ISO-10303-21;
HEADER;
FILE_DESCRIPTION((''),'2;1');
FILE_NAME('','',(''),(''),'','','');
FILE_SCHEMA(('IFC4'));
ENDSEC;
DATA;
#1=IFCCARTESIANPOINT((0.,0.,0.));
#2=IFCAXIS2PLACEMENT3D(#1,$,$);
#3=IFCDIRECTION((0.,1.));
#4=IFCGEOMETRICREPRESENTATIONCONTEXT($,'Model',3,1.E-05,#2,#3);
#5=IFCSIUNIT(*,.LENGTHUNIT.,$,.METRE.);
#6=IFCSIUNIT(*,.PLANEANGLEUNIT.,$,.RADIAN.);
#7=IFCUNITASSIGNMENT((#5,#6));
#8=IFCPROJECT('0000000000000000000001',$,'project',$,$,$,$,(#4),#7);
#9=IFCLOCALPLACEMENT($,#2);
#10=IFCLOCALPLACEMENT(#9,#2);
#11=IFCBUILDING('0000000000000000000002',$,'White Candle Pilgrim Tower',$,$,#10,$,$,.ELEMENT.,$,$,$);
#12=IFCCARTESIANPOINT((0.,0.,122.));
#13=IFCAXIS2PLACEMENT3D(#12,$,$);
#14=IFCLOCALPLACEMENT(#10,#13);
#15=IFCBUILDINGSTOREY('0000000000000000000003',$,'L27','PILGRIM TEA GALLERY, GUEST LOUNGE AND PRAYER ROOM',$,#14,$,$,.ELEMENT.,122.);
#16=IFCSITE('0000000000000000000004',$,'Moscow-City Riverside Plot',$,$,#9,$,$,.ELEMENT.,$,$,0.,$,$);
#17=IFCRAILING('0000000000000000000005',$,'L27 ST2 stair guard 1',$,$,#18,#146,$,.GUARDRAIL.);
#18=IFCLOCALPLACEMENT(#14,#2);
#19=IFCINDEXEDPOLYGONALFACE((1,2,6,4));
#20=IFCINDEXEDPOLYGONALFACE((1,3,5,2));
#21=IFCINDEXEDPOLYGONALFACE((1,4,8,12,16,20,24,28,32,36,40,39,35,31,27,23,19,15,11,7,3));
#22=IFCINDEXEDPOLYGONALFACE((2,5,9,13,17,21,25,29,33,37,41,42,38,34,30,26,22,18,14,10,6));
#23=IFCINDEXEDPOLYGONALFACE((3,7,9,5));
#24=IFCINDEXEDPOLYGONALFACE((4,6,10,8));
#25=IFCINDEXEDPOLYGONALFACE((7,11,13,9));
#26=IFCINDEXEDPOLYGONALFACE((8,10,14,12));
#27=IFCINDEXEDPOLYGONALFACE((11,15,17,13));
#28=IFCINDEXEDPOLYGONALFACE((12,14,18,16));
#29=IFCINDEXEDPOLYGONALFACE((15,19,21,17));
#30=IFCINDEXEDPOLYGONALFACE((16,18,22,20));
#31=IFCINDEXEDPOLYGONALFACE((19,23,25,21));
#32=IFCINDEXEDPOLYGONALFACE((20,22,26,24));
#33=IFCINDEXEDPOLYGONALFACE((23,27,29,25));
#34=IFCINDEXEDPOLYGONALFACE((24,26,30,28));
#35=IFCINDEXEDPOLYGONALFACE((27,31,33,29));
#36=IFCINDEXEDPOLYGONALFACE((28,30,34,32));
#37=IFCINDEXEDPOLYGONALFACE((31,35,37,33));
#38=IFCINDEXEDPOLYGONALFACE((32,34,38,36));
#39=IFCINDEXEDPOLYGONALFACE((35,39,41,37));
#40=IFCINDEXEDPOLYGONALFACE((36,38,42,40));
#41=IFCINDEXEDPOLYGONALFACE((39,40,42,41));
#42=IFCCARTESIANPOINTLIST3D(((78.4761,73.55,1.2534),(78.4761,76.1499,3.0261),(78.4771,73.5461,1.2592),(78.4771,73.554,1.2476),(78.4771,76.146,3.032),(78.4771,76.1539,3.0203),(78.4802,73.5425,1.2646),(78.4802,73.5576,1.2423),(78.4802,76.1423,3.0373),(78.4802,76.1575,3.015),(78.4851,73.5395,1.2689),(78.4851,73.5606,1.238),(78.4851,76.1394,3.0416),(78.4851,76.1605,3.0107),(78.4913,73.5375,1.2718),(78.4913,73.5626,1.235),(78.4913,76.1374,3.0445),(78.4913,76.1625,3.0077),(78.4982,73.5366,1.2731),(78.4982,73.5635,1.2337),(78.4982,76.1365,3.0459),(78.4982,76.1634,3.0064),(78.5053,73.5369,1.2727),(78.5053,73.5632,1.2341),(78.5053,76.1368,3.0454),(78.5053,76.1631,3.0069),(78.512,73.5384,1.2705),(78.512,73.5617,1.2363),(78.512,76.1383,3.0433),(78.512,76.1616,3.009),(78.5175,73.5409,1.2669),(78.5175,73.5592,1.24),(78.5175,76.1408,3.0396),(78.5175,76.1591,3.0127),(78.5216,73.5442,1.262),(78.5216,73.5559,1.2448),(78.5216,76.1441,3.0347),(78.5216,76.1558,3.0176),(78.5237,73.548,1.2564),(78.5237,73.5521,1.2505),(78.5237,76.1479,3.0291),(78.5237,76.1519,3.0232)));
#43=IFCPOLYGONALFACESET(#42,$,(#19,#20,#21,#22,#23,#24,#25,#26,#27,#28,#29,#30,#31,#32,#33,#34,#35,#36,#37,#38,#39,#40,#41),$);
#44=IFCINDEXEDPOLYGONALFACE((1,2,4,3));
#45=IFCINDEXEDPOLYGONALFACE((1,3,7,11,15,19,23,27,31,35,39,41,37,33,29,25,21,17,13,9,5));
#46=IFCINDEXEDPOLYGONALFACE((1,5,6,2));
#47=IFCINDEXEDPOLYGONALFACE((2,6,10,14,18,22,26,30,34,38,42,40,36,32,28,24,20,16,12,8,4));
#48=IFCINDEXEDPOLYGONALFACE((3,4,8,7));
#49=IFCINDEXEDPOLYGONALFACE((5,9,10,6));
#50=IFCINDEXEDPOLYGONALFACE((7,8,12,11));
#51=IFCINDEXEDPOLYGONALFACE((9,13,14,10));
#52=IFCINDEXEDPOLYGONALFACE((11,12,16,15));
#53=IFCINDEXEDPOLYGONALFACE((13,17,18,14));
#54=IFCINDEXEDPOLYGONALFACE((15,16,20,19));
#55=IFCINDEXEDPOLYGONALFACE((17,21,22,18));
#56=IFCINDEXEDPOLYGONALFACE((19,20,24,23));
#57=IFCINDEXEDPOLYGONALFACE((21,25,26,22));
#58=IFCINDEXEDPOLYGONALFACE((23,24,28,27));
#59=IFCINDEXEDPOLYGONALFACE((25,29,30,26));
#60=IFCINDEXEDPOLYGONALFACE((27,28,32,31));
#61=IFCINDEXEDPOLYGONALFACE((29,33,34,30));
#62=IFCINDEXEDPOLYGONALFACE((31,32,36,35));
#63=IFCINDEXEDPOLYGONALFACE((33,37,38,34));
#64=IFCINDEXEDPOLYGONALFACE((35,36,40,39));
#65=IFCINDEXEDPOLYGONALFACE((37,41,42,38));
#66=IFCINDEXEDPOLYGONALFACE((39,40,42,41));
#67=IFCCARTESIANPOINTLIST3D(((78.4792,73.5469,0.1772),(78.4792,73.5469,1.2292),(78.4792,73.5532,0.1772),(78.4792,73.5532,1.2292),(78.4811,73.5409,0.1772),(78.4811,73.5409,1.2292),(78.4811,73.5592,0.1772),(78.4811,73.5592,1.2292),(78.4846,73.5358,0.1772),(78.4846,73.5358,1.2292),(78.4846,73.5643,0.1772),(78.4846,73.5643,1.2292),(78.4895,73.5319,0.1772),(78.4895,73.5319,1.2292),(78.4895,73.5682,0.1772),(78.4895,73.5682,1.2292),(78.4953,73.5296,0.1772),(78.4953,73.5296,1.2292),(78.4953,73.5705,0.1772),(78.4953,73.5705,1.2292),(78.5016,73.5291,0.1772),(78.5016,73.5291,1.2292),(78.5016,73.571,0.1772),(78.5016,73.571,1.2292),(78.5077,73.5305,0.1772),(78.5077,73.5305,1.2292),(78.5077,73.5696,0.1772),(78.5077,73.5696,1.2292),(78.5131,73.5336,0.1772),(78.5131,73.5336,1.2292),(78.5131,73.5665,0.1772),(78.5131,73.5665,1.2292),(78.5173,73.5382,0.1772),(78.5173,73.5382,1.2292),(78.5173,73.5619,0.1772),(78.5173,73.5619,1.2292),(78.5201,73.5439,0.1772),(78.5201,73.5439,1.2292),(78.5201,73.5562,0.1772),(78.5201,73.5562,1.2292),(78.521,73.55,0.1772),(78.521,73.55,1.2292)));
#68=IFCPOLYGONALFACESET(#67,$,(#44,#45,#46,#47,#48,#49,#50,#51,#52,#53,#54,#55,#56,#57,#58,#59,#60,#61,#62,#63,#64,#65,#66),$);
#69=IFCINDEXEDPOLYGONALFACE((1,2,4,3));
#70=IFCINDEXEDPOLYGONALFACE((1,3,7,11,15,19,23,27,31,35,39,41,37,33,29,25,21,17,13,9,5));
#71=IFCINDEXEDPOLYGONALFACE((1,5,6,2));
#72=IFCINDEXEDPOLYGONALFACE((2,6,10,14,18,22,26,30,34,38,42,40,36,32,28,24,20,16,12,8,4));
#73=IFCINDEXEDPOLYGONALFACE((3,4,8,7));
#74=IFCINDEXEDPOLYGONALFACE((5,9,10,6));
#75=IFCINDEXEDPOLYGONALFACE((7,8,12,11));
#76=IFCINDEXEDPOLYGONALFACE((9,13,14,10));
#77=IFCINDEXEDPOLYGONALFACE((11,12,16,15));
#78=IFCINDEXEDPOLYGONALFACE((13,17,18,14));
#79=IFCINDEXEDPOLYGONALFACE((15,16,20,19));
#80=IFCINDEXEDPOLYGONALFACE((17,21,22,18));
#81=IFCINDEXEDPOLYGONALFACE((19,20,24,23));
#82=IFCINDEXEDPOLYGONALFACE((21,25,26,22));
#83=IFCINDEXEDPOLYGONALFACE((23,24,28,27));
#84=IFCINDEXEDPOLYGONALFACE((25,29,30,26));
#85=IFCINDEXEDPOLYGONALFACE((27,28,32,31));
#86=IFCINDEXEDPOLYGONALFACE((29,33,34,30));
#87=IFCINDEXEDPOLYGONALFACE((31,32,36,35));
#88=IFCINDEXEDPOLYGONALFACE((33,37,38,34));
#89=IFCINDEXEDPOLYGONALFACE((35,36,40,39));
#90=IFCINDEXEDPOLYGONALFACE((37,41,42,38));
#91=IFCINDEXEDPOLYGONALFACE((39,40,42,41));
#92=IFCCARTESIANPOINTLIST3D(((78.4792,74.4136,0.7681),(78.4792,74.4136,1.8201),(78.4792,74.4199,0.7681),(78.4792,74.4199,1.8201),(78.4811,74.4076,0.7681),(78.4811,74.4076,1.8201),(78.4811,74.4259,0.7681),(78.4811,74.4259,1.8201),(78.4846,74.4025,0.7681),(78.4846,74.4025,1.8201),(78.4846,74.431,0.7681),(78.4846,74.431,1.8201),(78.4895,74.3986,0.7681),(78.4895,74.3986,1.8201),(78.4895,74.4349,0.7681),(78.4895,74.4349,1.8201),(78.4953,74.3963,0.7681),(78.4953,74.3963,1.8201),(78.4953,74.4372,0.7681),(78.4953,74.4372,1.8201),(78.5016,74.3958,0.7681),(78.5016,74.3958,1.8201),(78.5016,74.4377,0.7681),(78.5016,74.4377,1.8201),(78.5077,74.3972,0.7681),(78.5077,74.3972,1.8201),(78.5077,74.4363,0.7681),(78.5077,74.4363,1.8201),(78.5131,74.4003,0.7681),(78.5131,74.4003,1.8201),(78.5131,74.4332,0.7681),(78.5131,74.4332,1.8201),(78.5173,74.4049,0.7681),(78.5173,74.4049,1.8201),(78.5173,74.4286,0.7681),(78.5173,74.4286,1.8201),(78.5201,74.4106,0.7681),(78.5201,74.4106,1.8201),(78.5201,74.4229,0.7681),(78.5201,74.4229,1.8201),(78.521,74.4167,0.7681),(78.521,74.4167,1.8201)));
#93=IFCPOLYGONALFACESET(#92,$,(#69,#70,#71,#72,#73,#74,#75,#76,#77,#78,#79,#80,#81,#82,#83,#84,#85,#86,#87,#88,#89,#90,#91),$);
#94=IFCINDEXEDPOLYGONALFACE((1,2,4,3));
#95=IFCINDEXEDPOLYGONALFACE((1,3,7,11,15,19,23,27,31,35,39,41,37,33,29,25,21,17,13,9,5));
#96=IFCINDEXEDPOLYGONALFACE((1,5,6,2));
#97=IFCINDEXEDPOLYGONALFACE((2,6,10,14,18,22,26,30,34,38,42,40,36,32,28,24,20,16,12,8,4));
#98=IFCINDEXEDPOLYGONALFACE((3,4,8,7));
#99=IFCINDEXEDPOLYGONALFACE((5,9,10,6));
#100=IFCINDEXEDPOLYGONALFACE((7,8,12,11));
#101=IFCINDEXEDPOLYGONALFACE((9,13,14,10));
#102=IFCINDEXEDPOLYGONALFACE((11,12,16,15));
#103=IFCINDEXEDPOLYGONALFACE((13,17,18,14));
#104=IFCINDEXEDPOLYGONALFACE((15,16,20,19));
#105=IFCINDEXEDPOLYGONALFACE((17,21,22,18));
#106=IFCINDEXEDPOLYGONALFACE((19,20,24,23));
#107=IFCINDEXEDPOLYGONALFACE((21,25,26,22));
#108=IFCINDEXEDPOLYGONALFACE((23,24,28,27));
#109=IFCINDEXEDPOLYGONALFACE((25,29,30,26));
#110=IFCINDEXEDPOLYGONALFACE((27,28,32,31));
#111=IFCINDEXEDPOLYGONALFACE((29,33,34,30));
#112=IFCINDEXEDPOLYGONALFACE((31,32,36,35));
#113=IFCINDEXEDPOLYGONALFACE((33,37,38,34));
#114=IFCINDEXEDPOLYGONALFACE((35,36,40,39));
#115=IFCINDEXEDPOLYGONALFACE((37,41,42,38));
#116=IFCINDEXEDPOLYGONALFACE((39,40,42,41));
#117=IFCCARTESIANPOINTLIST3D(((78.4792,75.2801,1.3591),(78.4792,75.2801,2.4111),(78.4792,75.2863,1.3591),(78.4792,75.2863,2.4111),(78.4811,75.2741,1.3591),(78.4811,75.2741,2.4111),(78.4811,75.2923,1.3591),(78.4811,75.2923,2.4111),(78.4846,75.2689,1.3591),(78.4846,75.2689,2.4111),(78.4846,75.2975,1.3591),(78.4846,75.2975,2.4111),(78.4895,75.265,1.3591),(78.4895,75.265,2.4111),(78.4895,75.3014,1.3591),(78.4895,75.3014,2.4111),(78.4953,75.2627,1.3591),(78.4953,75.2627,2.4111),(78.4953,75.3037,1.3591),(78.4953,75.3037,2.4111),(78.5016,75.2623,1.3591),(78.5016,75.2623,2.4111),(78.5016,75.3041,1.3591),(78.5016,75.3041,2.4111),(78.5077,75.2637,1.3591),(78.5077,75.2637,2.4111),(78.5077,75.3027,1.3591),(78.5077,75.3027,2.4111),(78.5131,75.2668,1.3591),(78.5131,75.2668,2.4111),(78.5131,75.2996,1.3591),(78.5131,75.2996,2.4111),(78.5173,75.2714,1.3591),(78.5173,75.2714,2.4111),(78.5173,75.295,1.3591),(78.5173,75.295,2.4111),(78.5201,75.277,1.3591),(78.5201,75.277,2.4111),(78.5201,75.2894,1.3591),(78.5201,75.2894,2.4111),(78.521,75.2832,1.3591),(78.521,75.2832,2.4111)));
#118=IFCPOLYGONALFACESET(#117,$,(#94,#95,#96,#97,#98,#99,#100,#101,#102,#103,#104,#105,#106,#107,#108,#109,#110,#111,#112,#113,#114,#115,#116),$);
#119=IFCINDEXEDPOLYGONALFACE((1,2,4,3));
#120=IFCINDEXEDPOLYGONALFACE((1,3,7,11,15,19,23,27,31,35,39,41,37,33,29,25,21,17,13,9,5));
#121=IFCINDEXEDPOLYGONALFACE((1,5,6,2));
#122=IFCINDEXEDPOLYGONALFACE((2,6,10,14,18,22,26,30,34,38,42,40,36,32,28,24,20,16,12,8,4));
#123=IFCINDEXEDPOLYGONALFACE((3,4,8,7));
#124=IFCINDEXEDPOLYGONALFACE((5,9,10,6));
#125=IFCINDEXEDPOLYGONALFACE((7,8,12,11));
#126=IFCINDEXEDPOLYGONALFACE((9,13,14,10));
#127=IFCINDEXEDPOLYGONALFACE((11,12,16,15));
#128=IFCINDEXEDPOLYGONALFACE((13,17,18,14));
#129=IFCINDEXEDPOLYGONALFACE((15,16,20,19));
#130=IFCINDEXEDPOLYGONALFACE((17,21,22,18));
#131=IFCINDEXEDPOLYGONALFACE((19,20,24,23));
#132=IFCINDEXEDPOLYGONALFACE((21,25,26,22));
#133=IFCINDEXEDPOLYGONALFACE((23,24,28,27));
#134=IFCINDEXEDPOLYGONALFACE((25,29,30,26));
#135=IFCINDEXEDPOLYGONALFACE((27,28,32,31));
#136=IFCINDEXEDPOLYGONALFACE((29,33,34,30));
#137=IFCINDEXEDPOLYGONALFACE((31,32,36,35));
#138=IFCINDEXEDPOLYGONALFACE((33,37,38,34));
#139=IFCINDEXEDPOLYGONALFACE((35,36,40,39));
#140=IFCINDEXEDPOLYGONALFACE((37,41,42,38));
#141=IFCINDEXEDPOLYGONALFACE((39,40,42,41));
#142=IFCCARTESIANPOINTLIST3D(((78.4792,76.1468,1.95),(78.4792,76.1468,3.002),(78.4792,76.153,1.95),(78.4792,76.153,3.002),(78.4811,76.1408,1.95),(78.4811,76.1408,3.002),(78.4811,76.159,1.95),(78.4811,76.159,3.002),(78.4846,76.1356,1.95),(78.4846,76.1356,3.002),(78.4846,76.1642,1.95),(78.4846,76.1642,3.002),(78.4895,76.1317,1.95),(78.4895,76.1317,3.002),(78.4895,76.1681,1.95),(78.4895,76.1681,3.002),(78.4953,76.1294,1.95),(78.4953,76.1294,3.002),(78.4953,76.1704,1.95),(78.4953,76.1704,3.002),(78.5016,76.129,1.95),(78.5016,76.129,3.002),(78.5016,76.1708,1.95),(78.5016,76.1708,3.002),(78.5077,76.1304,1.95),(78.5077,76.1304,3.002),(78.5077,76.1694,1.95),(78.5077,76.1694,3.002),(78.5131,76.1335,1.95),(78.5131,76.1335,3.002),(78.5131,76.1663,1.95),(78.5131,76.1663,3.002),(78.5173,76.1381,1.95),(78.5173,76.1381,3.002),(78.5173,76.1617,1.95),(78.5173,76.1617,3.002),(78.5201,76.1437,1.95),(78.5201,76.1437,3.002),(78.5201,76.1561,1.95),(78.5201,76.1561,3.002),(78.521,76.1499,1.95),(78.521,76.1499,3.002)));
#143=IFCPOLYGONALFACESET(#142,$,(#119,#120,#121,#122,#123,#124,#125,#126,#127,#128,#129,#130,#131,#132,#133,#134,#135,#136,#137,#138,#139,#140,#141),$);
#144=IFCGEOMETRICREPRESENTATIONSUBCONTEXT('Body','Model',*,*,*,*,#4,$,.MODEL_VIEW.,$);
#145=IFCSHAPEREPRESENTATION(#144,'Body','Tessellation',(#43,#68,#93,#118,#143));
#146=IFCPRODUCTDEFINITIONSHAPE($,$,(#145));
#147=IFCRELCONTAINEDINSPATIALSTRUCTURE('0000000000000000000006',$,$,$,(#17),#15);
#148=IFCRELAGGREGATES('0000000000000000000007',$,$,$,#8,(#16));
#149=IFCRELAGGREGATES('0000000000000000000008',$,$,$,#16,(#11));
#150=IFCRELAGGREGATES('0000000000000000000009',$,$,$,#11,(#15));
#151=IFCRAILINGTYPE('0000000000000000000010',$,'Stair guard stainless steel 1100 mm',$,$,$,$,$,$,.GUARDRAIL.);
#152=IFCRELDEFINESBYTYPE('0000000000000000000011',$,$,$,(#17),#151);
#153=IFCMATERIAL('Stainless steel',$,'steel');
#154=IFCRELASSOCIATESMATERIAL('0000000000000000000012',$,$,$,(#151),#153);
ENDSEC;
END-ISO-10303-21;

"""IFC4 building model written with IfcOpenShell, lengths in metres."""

from ifc_helpers import new_model, si_unit, direction, frame, origin, origin_2d, place, context, subcontext, project, spatial, circle, extrude, material, type_object, element, save


model = new_model("IFC4")

# Units and contexts
model_context = context("Model", 3, precision=1e-05, world=origin(), true_north=direction((0.0, 1.0)))
body_context = subcontext(model_context, "Body", "Model", "MODEL_VIEW")
ifc_project = project(units=[si_unit("LENGTHUNIT", "METRE"), si_unit("PLANEANGLEUNIT", "RADIAN")], contexts=[model_context])

# Site, building, storey
site_placement = place(None, origin())
site = spatial("IfcSite", under=ifc_project, at=site_placement, Name="Moscow-City Riverside Plot", CompositionType="ELEMENT", RefElevation=0.0)
building_placement = place(site_placement, origin())
building = spatial("IfcBuilding", under=site, at=building_placement, Name="White Candle Pilgrim Tower", CompositionType="ELEMENT")
storey_placement = place(building_placement, frame((0.0, 0.0, 122.0)))
storey = spatial("IfcBuildingStorey", under=building, at=storey_placement, Name="L27", Description="PILGRIM TEA GALLERY, GUEST LOUNGE AND PRAYER ROOM", CompositionType="ELEMENT", Elevation=122.0)

# Railing
ifc_material_1 = material(Name="Stainless steel", Category="steel")
railing_type_1 = type_object("IfcRailingType", Name="Stair guard stainless steel 1100 mm", PredefinedType="GUARDRAIL", material=ifc_material_1)
railing_1_placement = place(storey_placement, frame((78.5, 73.55, 0.1772)))
element("IfcRailing", 1, at=railing_1_placement, inside=storey, type_object=railing_type_1, Name="L27 ST2 stair guard 1", PredefinedType="GUARDRAIL", context=body_context, shape_type="SweptSolid", body=[
    extrude(circle(Radius=0.0239, at=origin_2d()), frame((0.0, 0.0, 1.0762), z_axis=(0.0, 0.826216, 0.563354), x_axis=(-1.0, 0.0, 0.0)), (0.0, 0.0, 1.0), 3.1467),
    extrude(circle(Radius=0.021, at=origin_2d()), origin(), (0.0, 0.0, 1.0), 1.052),
    extrude(circle(Radius=0.021, at=origin_2d()), frame((0.0, 0.8667, 0.5908)), (0.0, 0.0, 1.0), 1.052),
    extrude(circle(Radius=0.021, at=origin_2d()), frame((0.0, 1.7332, 1.1819)), (0.0, 0.0, 1.0), 1.052),
    extrude(circle(Radius=0.021, at=origin_2d()), frame((0.0, 2.5999, 1.7727)), (0.0, 0.0, 1.0), 1.052),
])

save(model, "model.ifc")
